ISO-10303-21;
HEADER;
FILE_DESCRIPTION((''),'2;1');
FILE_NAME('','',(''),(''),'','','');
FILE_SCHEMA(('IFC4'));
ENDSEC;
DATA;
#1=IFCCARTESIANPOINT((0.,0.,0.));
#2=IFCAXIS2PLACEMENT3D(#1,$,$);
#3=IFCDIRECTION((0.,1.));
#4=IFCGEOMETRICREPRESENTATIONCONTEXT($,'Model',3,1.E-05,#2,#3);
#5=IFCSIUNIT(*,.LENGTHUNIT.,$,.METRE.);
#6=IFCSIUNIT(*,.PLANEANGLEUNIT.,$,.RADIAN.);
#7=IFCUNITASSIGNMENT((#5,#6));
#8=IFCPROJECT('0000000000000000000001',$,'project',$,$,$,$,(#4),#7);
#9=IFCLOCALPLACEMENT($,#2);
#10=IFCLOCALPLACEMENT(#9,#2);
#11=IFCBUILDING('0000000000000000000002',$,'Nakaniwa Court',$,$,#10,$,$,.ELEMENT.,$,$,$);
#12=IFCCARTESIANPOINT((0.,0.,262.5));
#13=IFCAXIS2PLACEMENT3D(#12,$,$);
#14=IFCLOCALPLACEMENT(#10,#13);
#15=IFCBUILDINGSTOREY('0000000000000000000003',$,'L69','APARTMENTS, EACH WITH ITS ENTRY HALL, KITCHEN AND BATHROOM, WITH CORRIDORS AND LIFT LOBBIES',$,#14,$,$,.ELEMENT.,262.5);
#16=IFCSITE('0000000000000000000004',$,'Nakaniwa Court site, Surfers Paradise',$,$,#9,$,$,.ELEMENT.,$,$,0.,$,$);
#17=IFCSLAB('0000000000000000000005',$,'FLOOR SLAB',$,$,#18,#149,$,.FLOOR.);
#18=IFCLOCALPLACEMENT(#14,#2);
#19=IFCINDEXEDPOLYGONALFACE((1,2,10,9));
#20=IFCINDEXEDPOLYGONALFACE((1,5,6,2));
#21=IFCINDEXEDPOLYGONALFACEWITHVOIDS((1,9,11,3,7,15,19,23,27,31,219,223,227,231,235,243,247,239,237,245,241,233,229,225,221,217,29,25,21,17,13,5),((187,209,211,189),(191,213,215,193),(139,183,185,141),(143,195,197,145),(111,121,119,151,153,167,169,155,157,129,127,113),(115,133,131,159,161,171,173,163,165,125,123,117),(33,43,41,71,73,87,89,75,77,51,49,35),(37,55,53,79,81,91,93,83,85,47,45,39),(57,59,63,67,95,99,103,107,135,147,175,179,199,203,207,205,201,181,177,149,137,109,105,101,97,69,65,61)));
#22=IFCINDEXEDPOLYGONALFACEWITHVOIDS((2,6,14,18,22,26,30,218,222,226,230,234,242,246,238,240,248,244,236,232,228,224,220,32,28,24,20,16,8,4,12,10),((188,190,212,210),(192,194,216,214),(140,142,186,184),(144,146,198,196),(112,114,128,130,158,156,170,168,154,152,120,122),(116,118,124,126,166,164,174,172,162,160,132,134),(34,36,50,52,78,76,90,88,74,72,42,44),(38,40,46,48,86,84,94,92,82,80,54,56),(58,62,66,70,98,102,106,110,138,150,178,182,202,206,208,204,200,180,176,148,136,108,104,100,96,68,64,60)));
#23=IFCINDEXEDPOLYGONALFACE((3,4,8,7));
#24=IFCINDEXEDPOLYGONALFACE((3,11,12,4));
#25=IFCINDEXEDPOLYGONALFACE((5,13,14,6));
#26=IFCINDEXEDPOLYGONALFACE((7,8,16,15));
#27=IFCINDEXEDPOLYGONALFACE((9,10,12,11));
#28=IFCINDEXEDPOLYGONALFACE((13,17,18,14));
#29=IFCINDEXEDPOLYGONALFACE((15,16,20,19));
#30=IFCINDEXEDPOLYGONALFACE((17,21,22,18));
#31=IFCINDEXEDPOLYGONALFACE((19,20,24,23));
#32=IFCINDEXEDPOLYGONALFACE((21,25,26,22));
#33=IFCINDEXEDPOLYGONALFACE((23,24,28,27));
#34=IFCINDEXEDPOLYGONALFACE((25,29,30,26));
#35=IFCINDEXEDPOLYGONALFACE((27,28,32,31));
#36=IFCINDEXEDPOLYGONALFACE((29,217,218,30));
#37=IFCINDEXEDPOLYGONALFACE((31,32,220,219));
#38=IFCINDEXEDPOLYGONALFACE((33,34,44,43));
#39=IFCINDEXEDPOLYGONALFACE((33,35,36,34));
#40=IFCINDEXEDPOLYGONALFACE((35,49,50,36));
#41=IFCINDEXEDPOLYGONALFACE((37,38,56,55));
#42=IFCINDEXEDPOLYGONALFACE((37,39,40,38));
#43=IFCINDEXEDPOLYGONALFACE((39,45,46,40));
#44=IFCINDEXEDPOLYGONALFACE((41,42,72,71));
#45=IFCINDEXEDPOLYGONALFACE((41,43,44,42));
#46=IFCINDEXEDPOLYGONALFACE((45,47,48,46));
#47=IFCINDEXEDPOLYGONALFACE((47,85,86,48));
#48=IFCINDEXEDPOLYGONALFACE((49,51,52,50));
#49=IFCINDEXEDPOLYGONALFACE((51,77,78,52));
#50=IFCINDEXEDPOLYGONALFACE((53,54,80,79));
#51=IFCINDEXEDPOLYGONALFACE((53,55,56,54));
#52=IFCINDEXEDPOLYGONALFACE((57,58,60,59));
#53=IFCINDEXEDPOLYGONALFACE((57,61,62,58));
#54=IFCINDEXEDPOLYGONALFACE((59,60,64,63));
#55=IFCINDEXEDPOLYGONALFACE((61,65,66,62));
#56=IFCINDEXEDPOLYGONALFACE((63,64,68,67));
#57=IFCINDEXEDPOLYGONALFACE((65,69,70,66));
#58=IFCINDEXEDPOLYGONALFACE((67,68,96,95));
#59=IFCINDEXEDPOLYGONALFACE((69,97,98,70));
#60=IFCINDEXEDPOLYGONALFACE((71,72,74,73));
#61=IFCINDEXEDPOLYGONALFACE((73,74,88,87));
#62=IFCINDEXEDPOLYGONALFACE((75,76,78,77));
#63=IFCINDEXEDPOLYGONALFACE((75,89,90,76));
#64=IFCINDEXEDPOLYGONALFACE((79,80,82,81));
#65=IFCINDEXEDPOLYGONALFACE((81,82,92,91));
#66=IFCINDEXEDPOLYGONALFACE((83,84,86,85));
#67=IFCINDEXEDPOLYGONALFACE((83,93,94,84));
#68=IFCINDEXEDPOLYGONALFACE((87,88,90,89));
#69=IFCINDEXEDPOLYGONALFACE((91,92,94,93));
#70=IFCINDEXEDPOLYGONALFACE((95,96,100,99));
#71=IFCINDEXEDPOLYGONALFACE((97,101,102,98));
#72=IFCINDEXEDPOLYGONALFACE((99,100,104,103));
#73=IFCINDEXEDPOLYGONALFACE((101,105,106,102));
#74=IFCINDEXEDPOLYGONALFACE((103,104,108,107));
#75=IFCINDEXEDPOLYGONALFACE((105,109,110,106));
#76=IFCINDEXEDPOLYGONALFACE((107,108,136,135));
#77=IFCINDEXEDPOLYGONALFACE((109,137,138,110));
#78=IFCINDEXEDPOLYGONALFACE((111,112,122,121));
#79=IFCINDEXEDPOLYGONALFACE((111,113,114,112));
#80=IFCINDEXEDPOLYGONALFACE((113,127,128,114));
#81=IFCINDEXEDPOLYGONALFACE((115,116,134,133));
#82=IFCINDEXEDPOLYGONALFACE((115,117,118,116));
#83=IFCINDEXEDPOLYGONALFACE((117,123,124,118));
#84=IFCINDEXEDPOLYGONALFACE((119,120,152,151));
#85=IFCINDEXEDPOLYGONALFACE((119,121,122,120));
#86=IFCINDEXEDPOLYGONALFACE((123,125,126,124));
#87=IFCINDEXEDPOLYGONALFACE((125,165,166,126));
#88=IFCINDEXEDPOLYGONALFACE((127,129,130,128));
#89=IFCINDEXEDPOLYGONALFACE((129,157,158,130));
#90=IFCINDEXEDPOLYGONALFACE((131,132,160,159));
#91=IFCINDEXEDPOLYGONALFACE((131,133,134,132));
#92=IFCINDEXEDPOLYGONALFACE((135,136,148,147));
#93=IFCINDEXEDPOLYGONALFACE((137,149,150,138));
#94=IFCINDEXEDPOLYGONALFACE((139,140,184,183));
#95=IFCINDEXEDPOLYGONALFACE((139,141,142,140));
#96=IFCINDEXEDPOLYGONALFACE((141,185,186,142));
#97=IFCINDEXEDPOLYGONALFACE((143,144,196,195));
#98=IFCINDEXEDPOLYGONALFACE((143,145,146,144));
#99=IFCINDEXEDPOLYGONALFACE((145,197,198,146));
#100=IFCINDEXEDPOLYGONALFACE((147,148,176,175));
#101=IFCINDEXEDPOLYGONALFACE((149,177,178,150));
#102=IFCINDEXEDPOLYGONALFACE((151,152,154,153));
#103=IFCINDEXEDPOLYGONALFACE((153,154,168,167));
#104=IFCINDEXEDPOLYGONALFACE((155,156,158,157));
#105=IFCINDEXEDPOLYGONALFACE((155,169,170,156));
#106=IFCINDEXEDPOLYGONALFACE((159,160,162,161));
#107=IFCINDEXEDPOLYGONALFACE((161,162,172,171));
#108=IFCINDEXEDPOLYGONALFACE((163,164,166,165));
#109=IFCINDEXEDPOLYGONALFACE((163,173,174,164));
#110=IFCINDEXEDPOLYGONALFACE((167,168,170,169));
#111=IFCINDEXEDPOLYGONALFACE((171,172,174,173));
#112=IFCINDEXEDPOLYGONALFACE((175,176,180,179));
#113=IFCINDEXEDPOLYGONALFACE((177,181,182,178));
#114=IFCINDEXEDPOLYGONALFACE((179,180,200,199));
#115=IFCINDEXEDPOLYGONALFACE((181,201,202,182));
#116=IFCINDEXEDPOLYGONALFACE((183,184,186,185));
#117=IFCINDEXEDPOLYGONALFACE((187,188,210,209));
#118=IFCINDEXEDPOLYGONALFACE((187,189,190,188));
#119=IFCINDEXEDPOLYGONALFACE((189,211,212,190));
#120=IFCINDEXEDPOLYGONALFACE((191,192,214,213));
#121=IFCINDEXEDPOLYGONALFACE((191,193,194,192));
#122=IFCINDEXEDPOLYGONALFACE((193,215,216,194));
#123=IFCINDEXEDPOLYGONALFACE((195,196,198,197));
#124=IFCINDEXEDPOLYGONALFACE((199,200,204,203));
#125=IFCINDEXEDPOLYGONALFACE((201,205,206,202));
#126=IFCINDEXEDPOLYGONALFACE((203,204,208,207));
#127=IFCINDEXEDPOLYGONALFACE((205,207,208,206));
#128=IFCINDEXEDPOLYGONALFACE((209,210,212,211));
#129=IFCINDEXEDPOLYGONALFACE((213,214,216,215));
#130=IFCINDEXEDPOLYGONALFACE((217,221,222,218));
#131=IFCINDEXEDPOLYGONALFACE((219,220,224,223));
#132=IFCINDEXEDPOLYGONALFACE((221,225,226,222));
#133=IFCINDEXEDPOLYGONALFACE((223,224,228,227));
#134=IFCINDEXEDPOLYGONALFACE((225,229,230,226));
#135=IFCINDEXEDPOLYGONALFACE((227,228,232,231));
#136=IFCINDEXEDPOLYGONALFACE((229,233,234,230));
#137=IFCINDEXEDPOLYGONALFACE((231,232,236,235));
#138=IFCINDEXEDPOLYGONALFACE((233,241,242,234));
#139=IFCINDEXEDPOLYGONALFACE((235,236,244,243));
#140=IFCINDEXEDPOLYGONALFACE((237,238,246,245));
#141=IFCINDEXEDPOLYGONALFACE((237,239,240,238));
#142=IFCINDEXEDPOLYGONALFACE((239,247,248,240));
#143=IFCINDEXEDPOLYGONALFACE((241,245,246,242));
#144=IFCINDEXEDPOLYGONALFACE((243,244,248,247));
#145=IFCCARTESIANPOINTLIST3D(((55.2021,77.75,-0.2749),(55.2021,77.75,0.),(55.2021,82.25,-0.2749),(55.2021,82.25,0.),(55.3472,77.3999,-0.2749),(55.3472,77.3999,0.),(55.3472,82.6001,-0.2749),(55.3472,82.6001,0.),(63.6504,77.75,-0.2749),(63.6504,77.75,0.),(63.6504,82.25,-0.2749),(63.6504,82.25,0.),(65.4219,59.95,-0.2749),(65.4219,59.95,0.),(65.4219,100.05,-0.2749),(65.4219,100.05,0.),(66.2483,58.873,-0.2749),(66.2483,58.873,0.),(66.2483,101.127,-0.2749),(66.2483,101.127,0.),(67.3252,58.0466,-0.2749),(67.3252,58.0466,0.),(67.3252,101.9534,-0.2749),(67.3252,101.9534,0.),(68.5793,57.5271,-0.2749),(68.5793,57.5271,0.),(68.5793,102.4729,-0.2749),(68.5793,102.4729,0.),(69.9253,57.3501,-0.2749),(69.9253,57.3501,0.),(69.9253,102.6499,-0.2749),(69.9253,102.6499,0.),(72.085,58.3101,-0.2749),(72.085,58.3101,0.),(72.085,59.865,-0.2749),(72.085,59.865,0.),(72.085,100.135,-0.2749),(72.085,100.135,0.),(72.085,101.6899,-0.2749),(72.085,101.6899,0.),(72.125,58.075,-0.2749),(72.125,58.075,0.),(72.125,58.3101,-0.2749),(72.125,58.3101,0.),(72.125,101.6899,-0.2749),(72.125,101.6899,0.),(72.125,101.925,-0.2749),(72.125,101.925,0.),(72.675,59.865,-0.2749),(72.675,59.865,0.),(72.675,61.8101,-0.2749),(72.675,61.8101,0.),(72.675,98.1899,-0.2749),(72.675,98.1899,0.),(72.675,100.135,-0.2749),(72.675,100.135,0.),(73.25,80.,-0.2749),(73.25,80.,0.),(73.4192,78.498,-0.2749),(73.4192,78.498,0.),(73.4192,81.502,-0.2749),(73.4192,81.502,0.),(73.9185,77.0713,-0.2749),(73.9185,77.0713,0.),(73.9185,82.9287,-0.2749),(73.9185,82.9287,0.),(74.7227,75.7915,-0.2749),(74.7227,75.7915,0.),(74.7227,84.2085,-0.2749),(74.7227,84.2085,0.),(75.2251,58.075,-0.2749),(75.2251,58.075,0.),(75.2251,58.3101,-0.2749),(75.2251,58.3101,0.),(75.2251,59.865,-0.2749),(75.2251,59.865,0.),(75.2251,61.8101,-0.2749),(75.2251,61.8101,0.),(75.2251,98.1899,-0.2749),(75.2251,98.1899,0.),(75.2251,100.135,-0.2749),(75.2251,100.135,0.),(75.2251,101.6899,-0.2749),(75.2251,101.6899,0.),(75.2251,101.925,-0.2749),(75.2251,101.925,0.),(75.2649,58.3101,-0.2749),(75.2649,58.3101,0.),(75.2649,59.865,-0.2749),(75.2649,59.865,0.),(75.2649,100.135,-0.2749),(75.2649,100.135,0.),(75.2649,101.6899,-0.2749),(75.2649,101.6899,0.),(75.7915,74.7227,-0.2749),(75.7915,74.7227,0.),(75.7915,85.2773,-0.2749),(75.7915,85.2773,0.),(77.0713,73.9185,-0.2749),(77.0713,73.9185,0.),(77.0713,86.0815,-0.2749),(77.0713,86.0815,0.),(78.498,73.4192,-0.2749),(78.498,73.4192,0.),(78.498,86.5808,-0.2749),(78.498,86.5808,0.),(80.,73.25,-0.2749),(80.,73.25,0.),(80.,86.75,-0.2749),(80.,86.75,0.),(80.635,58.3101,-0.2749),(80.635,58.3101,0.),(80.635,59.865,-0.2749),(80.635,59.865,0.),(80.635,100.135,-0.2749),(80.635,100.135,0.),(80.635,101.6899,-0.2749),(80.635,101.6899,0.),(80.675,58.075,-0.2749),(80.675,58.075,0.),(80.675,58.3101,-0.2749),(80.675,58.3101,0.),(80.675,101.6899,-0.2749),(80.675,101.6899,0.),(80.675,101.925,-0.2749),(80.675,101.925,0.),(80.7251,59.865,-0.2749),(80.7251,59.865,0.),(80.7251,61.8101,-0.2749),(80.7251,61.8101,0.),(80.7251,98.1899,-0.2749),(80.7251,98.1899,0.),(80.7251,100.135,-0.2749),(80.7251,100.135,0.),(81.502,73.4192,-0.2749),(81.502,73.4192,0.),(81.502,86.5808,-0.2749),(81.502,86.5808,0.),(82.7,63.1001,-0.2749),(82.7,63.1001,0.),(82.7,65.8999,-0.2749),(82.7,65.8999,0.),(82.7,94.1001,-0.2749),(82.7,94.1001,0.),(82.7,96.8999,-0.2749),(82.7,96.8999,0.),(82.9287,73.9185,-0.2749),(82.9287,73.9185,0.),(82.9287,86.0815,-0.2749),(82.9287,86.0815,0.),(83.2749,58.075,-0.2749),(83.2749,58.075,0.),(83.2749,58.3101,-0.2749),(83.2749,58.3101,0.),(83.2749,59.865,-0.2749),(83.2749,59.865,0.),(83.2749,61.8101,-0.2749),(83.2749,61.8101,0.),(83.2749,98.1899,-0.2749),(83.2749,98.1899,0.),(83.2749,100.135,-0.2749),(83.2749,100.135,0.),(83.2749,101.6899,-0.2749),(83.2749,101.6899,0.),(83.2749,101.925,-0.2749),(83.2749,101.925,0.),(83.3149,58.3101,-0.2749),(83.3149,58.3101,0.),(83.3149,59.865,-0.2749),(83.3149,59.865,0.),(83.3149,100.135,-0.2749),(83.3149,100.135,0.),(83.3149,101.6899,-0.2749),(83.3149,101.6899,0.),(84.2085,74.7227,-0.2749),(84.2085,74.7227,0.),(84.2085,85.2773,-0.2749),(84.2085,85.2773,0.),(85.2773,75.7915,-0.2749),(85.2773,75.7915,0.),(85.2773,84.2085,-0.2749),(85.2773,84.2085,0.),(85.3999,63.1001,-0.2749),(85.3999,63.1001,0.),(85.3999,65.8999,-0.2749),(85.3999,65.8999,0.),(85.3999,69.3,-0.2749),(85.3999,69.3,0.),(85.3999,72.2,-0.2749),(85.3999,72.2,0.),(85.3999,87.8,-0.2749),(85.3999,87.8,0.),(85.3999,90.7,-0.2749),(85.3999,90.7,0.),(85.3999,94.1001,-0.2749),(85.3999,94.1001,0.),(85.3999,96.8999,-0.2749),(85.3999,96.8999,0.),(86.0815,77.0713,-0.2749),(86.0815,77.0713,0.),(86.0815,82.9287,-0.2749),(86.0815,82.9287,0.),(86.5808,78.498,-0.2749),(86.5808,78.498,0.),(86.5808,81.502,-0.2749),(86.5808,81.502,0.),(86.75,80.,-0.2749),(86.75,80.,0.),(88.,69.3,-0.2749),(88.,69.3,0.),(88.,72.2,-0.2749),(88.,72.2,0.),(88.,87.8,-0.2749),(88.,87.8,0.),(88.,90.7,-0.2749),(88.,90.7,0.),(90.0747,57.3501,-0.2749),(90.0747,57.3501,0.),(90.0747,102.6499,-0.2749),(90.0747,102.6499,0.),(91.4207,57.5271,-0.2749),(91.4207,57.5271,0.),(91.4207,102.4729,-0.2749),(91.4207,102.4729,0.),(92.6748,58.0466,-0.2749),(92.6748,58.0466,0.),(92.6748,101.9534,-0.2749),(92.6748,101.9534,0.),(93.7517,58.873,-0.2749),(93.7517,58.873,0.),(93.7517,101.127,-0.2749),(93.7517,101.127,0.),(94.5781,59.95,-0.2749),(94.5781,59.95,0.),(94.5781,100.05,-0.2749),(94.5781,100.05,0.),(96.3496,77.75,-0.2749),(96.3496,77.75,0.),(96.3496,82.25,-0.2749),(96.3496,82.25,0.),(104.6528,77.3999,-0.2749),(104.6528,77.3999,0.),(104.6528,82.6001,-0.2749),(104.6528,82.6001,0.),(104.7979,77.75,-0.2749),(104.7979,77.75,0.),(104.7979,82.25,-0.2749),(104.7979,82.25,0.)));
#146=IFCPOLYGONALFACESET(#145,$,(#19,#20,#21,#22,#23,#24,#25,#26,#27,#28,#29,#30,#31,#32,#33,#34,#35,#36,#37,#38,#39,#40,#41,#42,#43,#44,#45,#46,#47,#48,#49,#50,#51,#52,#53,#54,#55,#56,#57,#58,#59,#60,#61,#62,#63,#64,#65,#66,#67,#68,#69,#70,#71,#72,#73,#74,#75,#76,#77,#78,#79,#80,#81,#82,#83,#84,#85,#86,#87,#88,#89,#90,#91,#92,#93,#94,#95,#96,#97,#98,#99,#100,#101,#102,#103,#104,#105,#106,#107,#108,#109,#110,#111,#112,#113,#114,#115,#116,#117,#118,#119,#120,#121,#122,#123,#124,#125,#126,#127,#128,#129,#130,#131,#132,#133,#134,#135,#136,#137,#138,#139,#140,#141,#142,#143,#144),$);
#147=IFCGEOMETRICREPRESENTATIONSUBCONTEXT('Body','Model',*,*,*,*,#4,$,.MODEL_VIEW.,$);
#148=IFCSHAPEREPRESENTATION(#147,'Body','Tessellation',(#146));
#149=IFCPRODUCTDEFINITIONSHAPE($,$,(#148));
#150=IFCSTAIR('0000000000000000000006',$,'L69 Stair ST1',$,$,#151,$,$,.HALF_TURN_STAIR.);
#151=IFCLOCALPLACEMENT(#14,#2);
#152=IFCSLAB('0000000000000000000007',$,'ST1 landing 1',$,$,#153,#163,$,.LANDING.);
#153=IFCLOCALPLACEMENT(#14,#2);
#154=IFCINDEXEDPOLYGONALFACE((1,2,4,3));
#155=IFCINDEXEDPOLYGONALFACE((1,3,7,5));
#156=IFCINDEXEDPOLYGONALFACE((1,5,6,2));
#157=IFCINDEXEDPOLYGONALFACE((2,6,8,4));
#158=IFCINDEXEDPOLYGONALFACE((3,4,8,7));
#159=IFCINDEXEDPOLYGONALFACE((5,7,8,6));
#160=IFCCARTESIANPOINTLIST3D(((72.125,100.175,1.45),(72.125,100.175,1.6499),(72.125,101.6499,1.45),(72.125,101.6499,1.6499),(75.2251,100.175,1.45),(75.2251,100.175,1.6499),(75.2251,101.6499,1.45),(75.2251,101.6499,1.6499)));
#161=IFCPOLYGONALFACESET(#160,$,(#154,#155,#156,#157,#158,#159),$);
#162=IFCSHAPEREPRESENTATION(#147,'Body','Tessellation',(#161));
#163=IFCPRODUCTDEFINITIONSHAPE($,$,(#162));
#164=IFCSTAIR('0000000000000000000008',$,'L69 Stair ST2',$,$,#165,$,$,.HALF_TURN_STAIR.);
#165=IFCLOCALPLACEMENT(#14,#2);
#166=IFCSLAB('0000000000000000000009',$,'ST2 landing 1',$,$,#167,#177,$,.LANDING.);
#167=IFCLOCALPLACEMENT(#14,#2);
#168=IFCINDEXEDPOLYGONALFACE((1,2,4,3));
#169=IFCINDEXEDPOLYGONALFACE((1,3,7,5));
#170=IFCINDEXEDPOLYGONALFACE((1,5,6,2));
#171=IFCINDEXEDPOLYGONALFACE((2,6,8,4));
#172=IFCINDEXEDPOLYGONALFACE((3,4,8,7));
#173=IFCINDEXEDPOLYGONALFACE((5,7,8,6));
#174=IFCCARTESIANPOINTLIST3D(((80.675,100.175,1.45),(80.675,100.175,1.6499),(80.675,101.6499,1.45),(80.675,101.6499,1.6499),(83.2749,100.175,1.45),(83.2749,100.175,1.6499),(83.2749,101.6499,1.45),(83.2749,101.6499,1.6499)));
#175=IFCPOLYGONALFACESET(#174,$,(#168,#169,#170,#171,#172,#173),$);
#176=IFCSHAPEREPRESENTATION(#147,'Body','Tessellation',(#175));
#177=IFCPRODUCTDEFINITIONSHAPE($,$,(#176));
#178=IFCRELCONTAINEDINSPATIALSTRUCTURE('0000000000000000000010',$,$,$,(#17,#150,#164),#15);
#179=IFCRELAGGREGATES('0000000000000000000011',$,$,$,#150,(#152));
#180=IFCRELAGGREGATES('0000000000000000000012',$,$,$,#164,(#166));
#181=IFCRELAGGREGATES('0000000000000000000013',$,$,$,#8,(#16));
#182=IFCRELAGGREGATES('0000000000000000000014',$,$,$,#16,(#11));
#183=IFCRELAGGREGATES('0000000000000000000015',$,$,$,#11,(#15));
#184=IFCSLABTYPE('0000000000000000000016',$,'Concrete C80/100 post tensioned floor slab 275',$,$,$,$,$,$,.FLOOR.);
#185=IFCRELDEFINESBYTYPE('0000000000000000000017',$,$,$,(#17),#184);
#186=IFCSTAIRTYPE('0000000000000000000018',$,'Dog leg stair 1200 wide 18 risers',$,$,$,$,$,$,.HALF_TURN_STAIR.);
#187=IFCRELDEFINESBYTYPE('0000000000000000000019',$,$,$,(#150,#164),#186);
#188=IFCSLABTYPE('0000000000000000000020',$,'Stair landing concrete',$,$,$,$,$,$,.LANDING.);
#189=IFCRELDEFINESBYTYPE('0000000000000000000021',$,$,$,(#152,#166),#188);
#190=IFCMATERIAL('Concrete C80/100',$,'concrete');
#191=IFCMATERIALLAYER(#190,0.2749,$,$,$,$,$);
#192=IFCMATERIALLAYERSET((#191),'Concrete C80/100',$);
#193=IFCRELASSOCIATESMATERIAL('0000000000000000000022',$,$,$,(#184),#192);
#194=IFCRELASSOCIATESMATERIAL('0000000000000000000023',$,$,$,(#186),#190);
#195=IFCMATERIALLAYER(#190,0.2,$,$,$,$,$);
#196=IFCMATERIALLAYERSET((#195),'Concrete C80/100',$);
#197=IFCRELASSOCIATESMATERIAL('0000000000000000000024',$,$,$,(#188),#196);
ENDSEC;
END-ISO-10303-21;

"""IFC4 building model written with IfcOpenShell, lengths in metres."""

from ifc_helpers import new_model, si_unit, direction, frame, origin, place, context, subcontext, project, spatial, polyline, outline, extrude, material, layer, layer_set, type_object, element, aggregate, save


model = new_model("IFC4")

# Units and contexts
model_context = context("Model", 3, precision=1e-05, world=origin(), true_north=direction((0.0, 1.0)))
body_context = subcontext(model_context, "Body", "Model", "MODEL_VIEW")
ifc_project = project(units=[si_unit("LENGTHUNIT", "METRE"), si_unit("PLANEANGLEUNIT", "RADIAN")], contexts=[model_context])

# Site, building, storey
site_placement = place(None, origin())
site = spatial("IfcSite", under=ifc_project, at=site_placement, Name="Nakaniwa Court site, Surfers Paradise", CompositionType="ELEMENT", RefElevation=0.0)
building_placement = place(site_placement, origin())
building = spatial("IfcBuilding", under=site, at=building_placement, Name="Nakaniwa Court", CompositionType="ELEMENT")
storey_placement = place(building_placement, frame((0.0, 0.0, 262.5)))
storey = spatial("IfcBuildingStorey", under=building, at=storey_placement, Name="L69", Description="APARTMENTS, EACH WITH ITS ENTRY HALL, KITCHEN AND BATHROOM, WITH CORRIDORS AND LIFT LOBBIES", CompositionType="ELEMENT", Elevation=262.5)

# Shared definitions
ifc_material_1 = material(Name="Concrete C80/100", Category="concrete")

# Slab
ifc_layer_1 = layer(ifc_material_1, 0.2749)
ifc_layer_set_1 = layer_set([ifc_layer_1], Name="Concrete C80/100")
slab_type_1 = type_object("IfcSlabType", Name="Concrete C80/100 post tensioned floor slab 275", PredefinedType="FLOOR", material=ifc_layer_set_1)
slab_1_placement = place(storey_placement, frame((0.0, 0.0, -0.2749)))
element("IfcSlab", 1, at=slab_1_placement, inside=storey, type_object=slab_type_1, Name="FLOOR SLAB", PredefinedType="FLOOR", context=body_context, shape_type="SweptSolid", body=[
    extrude(outline(polyline([(96.3496, 82.25), (104.7979, 82.25), (104.6528, 82.6001), (94.5781, 100.05), (93.7517, 101.127), (92.6748, 101.9534), (91.4207, 102.4729), (90.0747, 102.6499), (69.9253, 102.6499), (68.5793, 102.4729), (67.3252, 101.9534), (66.2483, 101.127), (65.4219, 100.05), (55.3472, 82.6001), (55.2021, 82.25), (63.6504, 82.25), (63.6504, 77.75), (55.2021, 77.75), (55.3472, 77.3999), (65.4219, 59.95), (66.2483, 58.873), (67.3252, 58.0466), (68.5793, 57.5271), (69.9253, 57.3501), (90.0747, 57.3501), (91.4207, 57.5271), (92.6748, 58.0466), (93.7517, 58.873), (94.5781, 59.95), (104.6528, 77.3999), (104.7979, 77.75), (96.3496, 77.75), (96.3496, 82.25)]), holes=[polyline([(81.502, 86.5808), (80.0, 86.75), (78.498, 86.5808), (77.0713, 86.0815), (75.7915, 85.2773), (74.7227, 84.2085), (73.9185, 82.9287), (73.4192, 81.502), (73.25, 80.0), (73.4192, 78.498), (73.9185, 77.0713), (74.7227, 75.7915), (75.7915, 74.7227), (77.0713, 73.9185), (78.498, 73.4192), (80.0, 73.25), (81.502, 73.4192), (82.9287, 73.9185), (84.2085, 74.7227), (85.2773, 75.7915), (86.0815, 77.0713), (86.5808, 78.498), (86.75, 80.0), (86.5808, 81.502), (86.0815, 82.9287), (85.2773, 84.2085), (84.2085, 85.2773), (82.9287, 86.0815), (81.502, 86.5808)]), polyline([(72.675, 61.8101), (72.675, 59.865), (72.085, 59.865), (72.085, 58.3101), (72.125, 58.3101), (72.125, 58.075), (75.2251, 58.075), (75.2251, 58.3101), (75.2649, 58.3101), (75.2649, 59.865), (75.2251, 59.865), (75.2251, 61.8101), (72.675, 61.8101)]), polyline([(83.2749, 61.8101), (80.7251, 61.8101), (80.7251, 59.865), (80.635, 59.865), (80.635, 58.3101), (80.675, 58.3101), (80.675, 58.075), (83.2749, 58.075), (83.2749, 58.3101), (83.3149, 58.3101), (83.3149, 59.865), (83.2749, 59.865), (83.2749, 61.8101)]), polyline([(75.2649, 101.6899), (75.2251, 101.6899), (75.2251, 101.925), (72.125, 101.925), (72.125, 101.6899), (72.085, 101.6899), (72.085, 100.135), (72.675, 100.135), (72.675, 98.1899), (75.2251, 98.1899), (75.2251, 100.135), (75.2649, 100.135), (75.2649, 101.6899)]), polyline([(83.3149, 100.135), (83.3149, 101.6899), (83.2749, 101.6899), (83.2749, 101.925), (80.675, 101.925), (80.675, 101.6899), (80.635, 101.6899), (80.635, 100.135), (80.7251, 100.135), (80.7251, 98.1899), (83.2749, 98.1899), (83.2749, 100.135), (83.3149, 100.135)]), polyline([(85.3999, 65.8999), (82.7, 65.8999), (82.7, 63.1001), (85.3999, 63.1001), (85.3999, 65.8999)]), polyline([(88.0, 72.2), (85.3999, 72.2), (85.3999, 69.3), (88.0, 69.3), (88.0, 72.2)]), polyline([(85.3999, 90.7), (85.3999, 87.8), (88.0, 87.8), (88.0, 90.7), (85.3999, 90.7)]), polyline([(85.3999, 96.8999), (82.7, 96.8999), (82.7, 94.1001), (85.3999, 94.1001), (85.3999, 96.8999)])]), origin(), (0.0, 0.0, 1.0), 0.2749),
])

# Stairs, slabs
stair_type = type_object("IfcStairType", Name="Dog leg stair 1200 wide 18 risers", PredefinedType="HALF_TURN_STAIR", material=ifc_material_1)
stair_1_placement = place(storey_placement, origin())
stair_1 = element("IfcStair", 2, at=stair_1_placement, inside=storey, type_object=stair_type, Name="L69 Stair ST1", PredefinedType="HALF_TURN_STAIR")
ifc_layer_2 = layer(ifc_material_1, 0.2)
ifc_layer_set_2 = layer_set([ifc_layer_2], Name="Concrete C80/100")
slab_type_2 = type_object("IfcSlabType", Name="Stair landing concrete", PredefinedType="LANDING", material=ifc_layer_set_2)
slab_2_placement = place(storey_placement, frame((0.0, 0.0, 1.45)))
slab_2 = element("IfcSlab", 3, at=slab_2_placement, type_object=slab_type_2, Name="ST1 landing 1", PredefinedType="LANDING", context=body_context, shape_type="SweptSolid", body=[
    extrude(outline(polyline([(75.2251, 100.175), (75.2251, 101.6499), (72.125, 101.6499), (72.125, 100.175), (75.2251, 100.175)])), origin(), (0.0, 0.0, 1.0), 0.2),
])
aggregate(stair_1, [slab_2])
stair_2_placement = place(storey_placement, origin())
stair_2 = element("IfcStair", 4, at=stair_2_placement, inside=storey, type_object=stair_type, Name="L69 Stair ST2", PredefinedType="HALF_TURN_STAIR")
slab_3_placement = place(storey_placement, frame((0.0, 0.0, 1.45)))
slab_3 = element("IfcSlab", 5, at=slab_3_placement, type_object=slab_type_2, Name="ST2 landing 1", PredefinedType="LANDING", context=body_context, shape_type="SweptSolid", body=[
    extrude(outline(polyline([(83.2749, 100.175), (83.2749, 101.6499), (80.675, 101.6499), (80.675, 100.175), (83.2749, 100.175)])), origin(), (0.0, 0.0, 1.0), 0.2),
])
aggregate(stair_2, [slab_3])

save(model, "model.ifc")
